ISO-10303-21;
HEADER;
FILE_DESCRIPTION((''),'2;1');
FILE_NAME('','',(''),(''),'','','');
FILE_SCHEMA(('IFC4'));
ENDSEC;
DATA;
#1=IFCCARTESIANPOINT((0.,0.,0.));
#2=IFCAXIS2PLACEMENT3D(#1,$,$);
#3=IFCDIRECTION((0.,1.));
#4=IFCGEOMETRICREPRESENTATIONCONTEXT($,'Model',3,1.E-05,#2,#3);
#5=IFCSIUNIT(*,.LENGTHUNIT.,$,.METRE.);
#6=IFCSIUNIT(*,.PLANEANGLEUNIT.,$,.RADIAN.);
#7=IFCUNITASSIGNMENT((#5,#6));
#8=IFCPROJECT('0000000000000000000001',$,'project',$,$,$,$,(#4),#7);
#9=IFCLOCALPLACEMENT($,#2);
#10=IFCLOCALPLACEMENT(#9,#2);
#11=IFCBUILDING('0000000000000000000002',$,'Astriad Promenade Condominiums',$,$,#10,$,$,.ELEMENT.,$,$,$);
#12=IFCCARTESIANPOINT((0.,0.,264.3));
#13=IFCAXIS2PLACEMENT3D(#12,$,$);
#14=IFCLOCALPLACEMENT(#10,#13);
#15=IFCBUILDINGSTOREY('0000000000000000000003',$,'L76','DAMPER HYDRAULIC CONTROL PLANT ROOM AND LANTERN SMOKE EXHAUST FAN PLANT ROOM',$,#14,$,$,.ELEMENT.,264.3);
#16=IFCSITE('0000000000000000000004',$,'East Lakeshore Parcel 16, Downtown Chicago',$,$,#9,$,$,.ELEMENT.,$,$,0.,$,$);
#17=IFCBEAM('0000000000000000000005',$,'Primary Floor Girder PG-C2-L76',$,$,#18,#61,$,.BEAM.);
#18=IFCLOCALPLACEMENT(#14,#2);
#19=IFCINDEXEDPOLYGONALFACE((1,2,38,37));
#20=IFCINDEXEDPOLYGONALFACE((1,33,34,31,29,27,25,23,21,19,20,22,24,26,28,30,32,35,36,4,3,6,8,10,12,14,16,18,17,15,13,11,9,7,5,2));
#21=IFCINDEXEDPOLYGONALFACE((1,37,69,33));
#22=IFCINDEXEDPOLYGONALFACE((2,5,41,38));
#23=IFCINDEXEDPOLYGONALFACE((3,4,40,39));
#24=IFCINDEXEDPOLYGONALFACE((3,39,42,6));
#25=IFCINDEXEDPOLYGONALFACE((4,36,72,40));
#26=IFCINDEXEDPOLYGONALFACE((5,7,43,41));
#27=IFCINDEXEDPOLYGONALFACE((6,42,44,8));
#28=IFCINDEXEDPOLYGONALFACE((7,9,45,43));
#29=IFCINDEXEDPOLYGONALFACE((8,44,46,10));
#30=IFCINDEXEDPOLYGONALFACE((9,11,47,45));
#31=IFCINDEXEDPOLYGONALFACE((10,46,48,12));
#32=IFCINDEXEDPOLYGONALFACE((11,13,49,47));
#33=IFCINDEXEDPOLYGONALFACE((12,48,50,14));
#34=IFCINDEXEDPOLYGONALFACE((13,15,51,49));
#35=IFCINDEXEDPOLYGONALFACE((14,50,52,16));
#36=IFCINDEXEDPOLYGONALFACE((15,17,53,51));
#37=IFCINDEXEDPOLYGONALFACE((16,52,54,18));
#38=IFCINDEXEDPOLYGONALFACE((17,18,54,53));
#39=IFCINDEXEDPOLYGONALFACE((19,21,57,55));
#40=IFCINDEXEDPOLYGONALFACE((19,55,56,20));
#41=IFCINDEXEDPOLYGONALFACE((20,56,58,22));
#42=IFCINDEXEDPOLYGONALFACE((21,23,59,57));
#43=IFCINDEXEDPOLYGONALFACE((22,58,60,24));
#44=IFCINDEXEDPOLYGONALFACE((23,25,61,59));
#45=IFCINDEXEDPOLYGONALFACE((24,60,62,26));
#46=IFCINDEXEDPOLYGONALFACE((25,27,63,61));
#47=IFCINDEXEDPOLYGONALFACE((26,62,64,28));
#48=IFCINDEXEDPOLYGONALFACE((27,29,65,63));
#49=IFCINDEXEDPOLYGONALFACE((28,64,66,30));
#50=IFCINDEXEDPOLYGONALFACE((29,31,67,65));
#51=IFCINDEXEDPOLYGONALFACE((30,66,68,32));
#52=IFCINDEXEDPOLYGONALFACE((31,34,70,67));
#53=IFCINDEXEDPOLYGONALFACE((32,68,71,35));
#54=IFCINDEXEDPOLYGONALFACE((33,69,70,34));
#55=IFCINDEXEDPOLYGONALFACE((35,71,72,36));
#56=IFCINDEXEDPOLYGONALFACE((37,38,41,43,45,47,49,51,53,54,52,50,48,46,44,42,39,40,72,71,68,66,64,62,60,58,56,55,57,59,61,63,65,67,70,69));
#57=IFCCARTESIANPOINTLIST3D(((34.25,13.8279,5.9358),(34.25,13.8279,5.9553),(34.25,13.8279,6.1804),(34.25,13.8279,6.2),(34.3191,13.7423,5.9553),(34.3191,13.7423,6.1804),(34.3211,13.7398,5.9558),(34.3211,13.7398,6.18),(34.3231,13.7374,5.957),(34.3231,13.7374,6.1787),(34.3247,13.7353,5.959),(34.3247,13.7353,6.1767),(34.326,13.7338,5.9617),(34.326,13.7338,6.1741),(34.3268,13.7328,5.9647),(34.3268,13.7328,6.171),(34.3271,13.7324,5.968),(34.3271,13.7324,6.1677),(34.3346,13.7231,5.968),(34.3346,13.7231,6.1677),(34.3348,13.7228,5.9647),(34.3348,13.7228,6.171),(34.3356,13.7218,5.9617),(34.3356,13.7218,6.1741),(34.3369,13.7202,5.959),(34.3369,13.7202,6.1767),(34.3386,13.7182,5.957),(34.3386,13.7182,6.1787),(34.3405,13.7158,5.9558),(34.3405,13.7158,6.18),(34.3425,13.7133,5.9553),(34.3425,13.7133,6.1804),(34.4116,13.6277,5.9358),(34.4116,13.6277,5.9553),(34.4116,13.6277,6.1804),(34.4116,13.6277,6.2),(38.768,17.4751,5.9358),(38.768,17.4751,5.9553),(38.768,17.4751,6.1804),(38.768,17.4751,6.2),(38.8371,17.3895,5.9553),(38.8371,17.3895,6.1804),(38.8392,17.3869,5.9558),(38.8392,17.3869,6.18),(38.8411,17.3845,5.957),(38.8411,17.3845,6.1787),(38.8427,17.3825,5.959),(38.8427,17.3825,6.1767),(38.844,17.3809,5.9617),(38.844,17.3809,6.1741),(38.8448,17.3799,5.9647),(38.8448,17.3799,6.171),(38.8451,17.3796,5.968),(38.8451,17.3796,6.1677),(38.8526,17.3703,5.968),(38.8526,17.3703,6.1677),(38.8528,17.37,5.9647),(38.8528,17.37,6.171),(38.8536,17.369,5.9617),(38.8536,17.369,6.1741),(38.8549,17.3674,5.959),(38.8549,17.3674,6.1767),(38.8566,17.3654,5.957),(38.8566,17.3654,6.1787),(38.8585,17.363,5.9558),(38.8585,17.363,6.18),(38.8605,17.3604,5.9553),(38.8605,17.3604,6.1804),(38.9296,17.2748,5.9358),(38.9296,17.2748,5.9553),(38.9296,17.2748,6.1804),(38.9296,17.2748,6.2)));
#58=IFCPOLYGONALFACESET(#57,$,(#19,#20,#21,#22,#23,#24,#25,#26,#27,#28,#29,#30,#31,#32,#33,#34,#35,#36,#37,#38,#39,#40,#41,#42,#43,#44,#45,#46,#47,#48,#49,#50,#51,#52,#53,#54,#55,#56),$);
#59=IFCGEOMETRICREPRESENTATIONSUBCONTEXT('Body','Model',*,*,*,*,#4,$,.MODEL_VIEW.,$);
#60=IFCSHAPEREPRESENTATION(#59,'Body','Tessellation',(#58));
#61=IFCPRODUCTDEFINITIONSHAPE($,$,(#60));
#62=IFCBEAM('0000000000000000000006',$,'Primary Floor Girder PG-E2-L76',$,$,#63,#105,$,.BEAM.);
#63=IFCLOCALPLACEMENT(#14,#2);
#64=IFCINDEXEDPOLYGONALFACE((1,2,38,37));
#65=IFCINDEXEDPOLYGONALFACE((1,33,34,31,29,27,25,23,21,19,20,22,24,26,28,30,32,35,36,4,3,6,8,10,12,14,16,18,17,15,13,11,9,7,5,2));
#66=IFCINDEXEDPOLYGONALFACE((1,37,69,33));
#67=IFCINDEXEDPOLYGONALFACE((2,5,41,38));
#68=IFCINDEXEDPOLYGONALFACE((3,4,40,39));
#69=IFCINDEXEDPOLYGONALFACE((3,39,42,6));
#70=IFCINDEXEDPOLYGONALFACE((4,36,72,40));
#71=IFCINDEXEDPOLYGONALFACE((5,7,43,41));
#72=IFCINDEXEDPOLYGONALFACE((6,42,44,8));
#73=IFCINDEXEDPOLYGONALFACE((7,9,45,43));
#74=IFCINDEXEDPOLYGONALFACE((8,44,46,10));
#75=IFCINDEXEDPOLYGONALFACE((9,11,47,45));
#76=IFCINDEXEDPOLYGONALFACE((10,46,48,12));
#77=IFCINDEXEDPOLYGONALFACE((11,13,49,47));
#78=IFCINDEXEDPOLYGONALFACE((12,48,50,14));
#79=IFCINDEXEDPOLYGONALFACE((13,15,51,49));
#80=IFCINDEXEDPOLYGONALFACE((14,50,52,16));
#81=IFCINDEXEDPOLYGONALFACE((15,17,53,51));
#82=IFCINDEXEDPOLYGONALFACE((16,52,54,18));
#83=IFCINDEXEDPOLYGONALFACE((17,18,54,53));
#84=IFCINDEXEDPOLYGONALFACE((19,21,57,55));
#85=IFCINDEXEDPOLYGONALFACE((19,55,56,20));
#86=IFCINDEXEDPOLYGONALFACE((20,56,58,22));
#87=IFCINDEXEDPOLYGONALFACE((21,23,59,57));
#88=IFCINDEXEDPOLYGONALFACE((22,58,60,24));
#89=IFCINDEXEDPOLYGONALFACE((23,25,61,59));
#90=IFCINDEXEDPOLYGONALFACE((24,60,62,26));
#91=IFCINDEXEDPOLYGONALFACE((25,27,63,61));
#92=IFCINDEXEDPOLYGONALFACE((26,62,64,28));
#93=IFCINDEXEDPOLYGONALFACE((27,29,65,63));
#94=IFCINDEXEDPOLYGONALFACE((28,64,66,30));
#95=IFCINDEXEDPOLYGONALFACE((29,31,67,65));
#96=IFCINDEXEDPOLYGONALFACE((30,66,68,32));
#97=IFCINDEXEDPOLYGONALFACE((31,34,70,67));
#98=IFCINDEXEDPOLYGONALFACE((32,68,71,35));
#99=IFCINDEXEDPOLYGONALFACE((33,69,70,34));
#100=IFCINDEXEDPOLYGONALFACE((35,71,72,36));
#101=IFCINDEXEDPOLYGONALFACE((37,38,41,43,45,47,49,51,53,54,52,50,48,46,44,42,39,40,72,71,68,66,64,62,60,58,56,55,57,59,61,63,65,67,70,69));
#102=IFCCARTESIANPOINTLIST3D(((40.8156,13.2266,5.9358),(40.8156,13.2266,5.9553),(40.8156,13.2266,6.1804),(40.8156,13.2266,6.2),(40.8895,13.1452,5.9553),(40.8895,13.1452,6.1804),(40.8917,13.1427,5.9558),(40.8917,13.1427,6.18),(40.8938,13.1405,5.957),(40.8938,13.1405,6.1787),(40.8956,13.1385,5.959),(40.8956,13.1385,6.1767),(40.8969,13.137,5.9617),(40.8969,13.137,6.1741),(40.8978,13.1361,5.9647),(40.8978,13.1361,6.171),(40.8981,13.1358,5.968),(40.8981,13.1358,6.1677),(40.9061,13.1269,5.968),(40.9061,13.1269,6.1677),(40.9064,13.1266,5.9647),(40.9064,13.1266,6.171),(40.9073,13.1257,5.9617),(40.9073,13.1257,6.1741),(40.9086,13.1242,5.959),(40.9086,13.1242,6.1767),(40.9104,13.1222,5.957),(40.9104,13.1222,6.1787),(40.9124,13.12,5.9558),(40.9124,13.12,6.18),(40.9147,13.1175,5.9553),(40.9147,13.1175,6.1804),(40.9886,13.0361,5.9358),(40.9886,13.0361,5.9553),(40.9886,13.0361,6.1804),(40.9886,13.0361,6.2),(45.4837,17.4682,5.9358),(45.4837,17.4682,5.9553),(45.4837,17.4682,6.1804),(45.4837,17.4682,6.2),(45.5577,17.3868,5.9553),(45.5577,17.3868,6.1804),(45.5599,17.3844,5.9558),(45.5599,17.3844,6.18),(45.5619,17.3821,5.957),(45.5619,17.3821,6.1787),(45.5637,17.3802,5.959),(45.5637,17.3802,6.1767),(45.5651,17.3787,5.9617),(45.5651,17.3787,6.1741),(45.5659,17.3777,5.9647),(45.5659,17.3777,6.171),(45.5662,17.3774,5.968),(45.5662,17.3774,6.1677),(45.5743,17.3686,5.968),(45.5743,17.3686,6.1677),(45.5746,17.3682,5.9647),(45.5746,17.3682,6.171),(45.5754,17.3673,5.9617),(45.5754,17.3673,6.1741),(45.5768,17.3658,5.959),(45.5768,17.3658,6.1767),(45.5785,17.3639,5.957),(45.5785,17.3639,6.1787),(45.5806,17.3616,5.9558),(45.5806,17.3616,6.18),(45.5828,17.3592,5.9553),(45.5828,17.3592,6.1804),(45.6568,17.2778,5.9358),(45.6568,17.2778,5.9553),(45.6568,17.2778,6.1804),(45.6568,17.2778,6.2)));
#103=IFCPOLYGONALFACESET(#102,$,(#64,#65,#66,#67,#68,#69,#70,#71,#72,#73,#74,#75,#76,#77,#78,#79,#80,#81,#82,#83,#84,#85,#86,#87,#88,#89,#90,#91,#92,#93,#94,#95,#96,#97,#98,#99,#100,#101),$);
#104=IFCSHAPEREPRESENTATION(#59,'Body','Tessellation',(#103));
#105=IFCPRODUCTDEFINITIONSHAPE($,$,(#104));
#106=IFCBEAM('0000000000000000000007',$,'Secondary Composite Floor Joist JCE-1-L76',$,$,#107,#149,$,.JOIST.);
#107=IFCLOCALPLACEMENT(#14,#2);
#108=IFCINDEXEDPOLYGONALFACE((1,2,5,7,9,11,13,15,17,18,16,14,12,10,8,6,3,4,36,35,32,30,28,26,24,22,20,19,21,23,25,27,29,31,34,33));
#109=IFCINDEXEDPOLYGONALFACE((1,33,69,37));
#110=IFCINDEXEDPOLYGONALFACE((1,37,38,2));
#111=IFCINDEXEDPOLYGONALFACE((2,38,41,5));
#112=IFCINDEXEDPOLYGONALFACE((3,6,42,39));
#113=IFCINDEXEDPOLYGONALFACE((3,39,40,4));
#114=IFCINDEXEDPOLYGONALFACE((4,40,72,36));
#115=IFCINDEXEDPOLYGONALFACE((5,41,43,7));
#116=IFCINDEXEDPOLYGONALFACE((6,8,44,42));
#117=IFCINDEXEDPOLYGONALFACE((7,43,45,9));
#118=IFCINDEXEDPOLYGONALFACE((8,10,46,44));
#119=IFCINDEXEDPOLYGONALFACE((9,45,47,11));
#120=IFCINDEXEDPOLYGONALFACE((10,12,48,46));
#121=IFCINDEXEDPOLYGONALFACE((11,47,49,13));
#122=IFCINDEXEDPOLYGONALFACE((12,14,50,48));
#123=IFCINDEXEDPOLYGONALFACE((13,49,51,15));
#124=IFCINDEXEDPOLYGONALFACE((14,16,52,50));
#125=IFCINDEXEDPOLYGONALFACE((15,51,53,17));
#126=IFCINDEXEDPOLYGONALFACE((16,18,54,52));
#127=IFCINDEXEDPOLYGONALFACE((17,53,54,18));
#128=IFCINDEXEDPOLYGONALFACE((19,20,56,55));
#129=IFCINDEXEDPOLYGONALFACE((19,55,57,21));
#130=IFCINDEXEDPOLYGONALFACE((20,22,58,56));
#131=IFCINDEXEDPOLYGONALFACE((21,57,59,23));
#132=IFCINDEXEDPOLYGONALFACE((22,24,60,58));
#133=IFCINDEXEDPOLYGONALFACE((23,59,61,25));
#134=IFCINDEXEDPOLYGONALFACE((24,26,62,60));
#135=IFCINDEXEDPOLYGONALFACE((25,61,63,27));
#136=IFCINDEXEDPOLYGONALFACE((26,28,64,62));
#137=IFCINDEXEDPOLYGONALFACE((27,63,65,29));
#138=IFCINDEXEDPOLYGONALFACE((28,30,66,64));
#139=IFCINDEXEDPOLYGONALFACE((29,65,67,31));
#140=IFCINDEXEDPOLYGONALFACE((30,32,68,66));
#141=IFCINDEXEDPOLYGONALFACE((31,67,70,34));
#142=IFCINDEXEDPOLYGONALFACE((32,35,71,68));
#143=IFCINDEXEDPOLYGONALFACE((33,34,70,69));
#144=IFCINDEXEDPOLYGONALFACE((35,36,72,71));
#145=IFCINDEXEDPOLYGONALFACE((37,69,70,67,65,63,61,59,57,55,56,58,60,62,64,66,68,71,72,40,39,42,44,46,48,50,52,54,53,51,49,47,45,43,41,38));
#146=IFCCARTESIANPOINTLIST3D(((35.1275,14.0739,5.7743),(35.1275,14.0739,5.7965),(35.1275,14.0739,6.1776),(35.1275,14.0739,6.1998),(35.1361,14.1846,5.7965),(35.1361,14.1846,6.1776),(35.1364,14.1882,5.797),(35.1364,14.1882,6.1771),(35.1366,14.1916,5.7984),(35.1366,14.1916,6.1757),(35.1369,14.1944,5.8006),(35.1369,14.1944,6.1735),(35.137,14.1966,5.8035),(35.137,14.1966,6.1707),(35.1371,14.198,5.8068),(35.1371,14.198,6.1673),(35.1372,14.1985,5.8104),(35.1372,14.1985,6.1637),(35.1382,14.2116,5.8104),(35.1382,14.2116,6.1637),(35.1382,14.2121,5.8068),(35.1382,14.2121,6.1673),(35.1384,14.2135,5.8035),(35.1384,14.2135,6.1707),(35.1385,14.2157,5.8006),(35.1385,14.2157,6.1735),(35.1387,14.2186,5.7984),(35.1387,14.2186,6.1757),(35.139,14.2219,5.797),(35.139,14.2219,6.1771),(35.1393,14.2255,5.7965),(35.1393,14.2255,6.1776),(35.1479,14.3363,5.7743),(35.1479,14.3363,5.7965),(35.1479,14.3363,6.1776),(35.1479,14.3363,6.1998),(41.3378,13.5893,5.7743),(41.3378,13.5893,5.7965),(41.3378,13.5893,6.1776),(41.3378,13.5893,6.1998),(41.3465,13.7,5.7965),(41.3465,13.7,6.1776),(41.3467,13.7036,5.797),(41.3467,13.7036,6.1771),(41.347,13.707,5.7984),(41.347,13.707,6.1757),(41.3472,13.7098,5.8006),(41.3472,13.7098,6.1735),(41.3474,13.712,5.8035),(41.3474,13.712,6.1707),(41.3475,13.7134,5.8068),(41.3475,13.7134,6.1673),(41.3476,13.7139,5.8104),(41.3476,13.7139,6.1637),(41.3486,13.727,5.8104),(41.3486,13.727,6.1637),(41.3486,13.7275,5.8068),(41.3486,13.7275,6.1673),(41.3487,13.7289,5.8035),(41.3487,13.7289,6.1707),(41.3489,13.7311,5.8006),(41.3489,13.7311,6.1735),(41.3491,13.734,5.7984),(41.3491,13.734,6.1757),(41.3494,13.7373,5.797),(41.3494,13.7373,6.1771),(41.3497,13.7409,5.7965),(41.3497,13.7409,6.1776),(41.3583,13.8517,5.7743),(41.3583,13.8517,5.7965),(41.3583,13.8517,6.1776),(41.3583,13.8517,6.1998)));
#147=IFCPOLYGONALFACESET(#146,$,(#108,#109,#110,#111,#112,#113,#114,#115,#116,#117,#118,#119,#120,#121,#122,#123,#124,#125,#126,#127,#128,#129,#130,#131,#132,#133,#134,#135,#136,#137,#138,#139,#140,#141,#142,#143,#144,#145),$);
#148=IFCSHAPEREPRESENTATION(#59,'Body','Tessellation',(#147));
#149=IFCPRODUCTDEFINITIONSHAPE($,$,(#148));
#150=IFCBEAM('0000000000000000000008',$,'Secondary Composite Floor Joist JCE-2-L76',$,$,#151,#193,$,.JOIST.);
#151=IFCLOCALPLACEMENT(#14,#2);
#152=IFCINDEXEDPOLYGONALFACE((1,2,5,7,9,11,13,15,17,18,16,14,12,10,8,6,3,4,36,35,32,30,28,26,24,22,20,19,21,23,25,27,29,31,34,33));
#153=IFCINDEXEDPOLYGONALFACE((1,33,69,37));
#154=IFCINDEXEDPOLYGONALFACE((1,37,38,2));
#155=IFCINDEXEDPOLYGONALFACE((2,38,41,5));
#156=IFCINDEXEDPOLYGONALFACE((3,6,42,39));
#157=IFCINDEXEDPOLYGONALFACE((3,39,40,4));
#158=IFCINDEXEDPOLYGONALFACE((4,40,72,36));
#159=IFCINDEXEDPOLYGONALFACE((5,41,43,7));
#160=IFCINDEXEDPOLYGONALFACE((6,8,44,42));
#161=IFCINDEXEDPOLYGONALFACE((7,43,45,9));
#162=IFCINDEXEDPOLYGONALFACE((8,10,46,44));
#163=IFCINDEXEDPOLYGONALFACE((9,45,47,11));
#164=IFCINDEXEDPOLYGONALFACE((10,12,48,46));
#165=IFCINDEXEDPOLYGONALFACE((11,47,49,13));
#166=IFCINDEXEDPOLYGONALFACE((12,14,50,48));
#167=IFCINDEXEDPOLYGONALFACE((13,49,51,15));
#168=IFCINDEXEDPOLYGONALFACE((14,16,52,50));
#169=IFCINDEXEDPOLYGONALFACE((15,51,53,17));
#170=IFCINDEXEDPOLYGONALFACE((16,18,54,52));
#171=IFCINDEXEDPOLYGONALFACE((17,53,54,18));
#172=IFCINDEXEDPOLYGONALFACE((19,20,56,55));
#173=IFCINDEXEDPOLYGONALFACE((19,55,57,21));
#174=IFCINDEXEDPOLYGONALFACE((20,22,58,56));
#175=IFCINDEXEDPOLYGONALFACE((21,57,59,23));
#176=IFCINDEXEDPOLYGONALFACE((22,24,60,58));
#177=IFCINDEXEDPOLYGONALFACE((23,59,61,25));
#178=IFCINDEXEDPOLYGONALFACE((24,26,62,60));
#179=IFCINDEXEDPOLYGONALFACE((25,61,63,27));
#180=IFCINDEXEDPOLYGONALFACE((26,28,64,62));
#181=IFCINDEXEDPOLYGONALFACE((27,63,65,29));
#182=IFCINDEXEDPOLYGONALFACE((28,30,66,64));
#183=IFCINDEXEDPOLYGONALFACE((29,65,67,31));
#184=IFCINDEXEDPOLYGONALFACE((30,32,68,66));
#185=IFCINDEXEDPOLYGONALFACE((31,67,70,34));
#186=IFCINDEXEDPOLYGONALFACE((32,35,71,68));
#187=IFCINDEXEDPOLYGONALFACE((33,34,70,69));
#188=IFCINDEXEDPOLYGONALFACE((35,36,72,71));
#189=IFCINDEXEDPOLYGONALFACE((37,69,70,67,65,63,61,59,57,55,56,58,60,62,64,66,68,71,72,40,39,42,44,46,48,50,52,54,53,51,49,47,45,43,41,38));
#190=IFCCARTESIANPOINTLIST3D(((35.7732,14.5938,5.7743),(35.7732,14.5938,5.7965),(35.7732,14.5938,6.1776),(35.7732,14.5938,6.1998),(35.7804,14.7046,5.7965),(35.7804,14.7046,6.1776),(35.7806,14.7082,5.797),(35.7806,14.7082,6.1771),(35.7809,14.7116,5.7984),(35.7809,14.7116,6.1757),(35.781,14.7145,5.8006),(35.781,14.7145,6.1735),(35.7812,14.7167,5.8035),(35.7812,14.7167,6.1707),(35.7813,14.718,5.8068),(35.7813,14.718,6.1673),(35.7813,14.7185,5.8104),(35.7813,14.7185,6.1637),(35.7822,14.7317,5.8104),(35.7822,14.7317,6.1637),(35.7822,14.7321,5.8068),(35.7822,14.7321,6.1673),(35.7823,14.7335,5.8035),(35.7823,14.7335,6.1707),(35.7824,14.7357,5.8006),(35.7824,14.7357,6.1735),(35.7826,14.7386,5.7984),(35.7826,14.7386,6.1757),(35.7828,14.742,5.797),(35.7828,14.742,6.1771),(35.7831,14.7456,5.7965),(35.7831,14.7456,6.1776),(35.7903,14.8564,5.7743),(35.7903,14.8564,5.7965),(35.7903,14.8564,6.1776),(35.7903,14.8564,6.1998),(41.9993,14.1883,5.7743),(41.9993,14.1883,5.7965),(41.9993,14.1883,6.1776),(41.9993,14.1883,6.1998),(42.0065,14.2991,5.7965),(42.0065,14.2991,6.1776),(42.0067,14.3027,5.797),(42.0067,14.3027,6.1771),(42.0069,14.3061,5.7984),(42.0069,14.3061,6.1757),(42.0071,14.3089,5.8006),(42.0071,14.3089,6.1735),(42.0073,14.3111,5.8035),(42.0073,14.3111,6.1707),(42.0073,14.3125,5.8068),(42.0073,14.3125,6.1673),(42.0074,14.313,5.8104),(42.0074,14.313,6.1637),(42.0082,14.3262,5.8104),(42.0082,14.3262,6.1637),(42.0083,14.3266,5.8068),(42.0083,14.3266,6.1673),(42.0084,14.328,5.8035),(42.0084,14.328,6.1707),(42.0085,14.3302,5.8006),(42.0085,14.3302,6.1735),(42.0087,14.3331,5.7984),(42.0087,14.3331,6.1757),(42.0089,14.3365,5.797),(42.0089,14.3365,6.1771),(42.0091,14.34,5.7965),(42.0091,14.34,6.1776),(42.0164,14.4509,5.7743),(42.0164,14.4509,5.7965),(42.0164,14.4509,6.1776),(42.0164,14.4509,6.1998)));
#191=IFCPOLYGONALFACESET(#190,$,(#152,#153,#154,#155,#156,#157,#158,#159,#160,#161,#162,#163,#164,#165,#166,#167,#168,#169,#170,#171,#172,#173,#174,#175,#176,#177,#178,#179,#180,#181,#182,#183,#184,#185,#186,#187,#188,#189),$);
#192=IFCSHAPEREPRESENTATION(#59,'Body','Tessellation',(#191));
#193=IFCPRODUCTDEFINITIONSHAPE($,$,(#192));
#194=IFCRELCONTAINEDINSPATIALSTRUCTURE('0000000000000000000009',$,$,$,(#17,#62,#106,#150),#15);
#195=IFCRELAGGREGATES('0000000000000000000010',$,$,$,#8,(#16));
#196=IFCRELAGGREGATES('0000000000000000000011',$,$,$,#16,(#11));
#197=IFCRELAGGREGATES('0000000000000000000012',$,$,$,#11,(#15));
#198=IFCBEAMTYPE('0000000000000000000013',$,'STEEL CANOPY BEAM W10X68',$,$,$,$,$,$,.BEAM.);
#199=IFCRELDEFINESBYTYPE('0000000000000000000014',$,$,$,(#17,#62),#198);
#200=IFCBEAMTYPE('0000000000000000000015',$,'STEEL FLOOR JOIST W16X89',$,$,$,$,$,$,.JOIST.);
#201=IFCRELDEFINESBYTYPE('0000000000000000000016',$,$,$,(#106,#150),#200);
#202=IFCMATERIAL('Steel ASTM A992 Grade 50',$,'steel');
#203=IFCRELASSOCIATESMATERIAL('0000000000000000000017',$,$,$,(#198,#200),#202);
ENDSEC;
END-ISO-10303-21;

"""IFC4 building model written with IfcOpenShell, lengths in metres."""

from ifc_helpers import new_model, si_unit, direction, frame, origin, origin_2d, place, context, subcontext, project, spatial, i_section, extrude, source, transform, mapped, material, material_profile, profile_set, type_object, type_shapes, element, save


model = new_model("IFC4")

# Units and contexts
model_context = context("Model", 3, precision=1e-05, world=origin(), true_north=direction((0.0, 1.0)))
body_context = subcontext(model_context, "Body", "Model", "MODEL_VIEW")
ifc_project = project(units=[si_unit("LENGTHUNIT", "METRE"), si_unit("PLANEANGLEUNIT", "RADIAN")], contexts=[model_context])

# Site, building, storey
site_placement = place(None, origin())
site = spatial("IfcSite", under=ifc_project, at=site_placement, Name="East Lakeshore Parcel 16, Downtown Chicago", CompositionType="ELEMENT", RefElevation=0.0)
building_placement = place(site_placement, origin())
building = spatial("IfcBuilding", under=site, at=building_placement, Name="Astriad Promenade Condominiums", CompositionType="ELEMENT")
storey_placement = place(building_placement, frame((0.0, 0.0, 264.3)))
storey = spatial("IfcBuildingStorey", under=building, at=storey_placement, Name="L76", Description="DAMPER HYDRAULIC CONTROL PLANT ROOM AND LANTERN SMOKE EXHAUST FAN PLANT ROOM", CompositionType="ELEMENT", Elevation=264.3)

# Beams
ifc_material_1 = material(Name="Steel ASTM A992 Grade 50", Category="steel")
ifc_material_profile_1 = material_profile(ifc_material_1, i_section(OverallWidth=0.2573, OverallDepth=0.2642, WebThickness=0.012, FlangeThickness=0.0195, FilletRadius=0.0127, at=origin_2d()), Name="W10X68")
ifc_profile_set_1 = profile_set([ifc_material_profile_1], Name="Steel ASTM A992 Grade 50")
beam_type_1 = type_object("IfcBeamType", Name="STEEL CANOPY BEAM W10X68", PredefinedType="BEAM", material=ifc_profile_set_1)
shared_shape_1 = source(origin(), body_context, "Body", "SweptSolid", [
    extrude(i_section(OverallWidth=0.2573, OverallDepth=0.2642, WebThickness=0.012, FlangeThickness=0.0195, FilletRadius=0.0127, at=origin_2d()), origin(), (0.0, 0.0, 1.0), 5.8064),
])
beam_1_placement = place(storey_placement, frame((34.3308, 13.7278, 6.0679), z_axis=(0.778109, 0.62813, 0.0), x_axis=(-0.62813, 0.778109, 0.0)))
element("IfcBeam", 1, at=beam_1_placement, inside=storey, type_object=beam_type_1, Name="Primary Floor Girder PG-C2-L76", PredefinedType="BEAM", context=body_context, shape_type="MappedRepresentation", body=[
    mapped(shared_shape_1, transform((0.0, 0.0, 0.0), scale=1.0)),
])
shared_shape_2 = source(origin(), body_context, "Body", "SweptSolid", [
    extrude(i_section(OverallWidth=0.2573, OverallDepth=0.2642, WebThickness=0.012, FlangeThickness=0.0195, FilletRadius=0.0127, at=origin_2d()), origin(), (0.0, 0.0, 1.0), 6.3074),
])
beam_2_placement = place(storey_placement, frame((40.9021, 13.1313, 6.0679), z_axis=(0.740108, 0.672488, 0.0), x_axis=(-0.672488, 0.740108, 0.0)))
element("IfcBeam", 2, at=beam_2_placement, inside=storey, type_object=beam_type_1, Name="Primary Floor Girder PG-E2-L76", PredefinedType="BEAM", context=body_context, shape_type="MappedRepresentation", body=[
    mapped(shared_shape_2, transform((0.0, 0.0, 0.0), scale=1.0)),
])
ifc_material_profile_2 = material_profile(ifc_material_1, i_section(OverallWidth=0.2632, OverallDepth=0.4255, WebThickness=0.0132, FlangeThickness=0.0222, FilletRadius=0.0139, at=origin_2d()), Name="W16X89")
ifc_profile_set_2 = profile_set([ifc_material_profile_2], Name="Steel ASTM A992 Grade 50")
beam_type_2 = type_object("IfcBeamType", Name="STEEL FLOOR JOIST W16X89", PredefinedType="JOIST", material=ifc_profile_set_2)
shared_shape_3 = source(origin(), body_context, "Body", "SweptSolid", [
    extrude(i_section(OverallWidth=0.2632, OverallDepth=0.4255, WebThickness=0.0132, FlangeThickness=0.0222, FilletRadius=0.0139, at=origin_2d()), origin(), (0.0, 0.0, 1.0), 6.2292),
])
beam_3_placement = place(storey_placement, frame((35.1377, 14.2051, 5.9871), z_axis=(0.996969, -0.077796, 0.0), x_axis=(0.077796, 0.996969, 0.0)))
element("IfcBeam", 3, at=beam_3_placement, inside=storey, type_object=beam_type_2, Name="Secondary Composite Floor Joist JCE-1-L76", PredefinedType="JOIST", context=body_context, shape_type="MappedRepresentation", body=[
    mapped(shared_shape_3, transform((0.0, 0.0, 0.0), scale=1.0)),
])
shared_shape_4 = source(origin(), body_context, "Body", "SweptSolid", [
    extrude(i_section(OverallWidth=0.2632, OverallDepth=0.4255, WebThickness=0.0132, FlangeThickness=0.0222, FilletRadius=0.0139, at=origin_2d()), origin(), (0.0, 0.0, 1.0), 6.2393),
])
type_shapes(beam_type_2, [shared_shape_3, shared_shape_4])
beam_4_placement = place(storey_placement, frame((35.7817, 14.7251, 5.9871), z_axis=(0.997886, -0.064994, 0.0), x_axis=(0.064994, 0.997886, 0.0)))
element("IfcBeam", 4, at=beam_4_placement, inside=storey, type_object=beam_type_2, Name="Secondary Composite Floor Joist JCE-2-L76", PredefinedType="JOIST", context=body_context, shape_type="MappedRepresentation", body=[
    mapped(shared_shape_4, transform((0.0, 0.0, 0.0), scale=1.0)),
])

save(model, "model.ifc")
